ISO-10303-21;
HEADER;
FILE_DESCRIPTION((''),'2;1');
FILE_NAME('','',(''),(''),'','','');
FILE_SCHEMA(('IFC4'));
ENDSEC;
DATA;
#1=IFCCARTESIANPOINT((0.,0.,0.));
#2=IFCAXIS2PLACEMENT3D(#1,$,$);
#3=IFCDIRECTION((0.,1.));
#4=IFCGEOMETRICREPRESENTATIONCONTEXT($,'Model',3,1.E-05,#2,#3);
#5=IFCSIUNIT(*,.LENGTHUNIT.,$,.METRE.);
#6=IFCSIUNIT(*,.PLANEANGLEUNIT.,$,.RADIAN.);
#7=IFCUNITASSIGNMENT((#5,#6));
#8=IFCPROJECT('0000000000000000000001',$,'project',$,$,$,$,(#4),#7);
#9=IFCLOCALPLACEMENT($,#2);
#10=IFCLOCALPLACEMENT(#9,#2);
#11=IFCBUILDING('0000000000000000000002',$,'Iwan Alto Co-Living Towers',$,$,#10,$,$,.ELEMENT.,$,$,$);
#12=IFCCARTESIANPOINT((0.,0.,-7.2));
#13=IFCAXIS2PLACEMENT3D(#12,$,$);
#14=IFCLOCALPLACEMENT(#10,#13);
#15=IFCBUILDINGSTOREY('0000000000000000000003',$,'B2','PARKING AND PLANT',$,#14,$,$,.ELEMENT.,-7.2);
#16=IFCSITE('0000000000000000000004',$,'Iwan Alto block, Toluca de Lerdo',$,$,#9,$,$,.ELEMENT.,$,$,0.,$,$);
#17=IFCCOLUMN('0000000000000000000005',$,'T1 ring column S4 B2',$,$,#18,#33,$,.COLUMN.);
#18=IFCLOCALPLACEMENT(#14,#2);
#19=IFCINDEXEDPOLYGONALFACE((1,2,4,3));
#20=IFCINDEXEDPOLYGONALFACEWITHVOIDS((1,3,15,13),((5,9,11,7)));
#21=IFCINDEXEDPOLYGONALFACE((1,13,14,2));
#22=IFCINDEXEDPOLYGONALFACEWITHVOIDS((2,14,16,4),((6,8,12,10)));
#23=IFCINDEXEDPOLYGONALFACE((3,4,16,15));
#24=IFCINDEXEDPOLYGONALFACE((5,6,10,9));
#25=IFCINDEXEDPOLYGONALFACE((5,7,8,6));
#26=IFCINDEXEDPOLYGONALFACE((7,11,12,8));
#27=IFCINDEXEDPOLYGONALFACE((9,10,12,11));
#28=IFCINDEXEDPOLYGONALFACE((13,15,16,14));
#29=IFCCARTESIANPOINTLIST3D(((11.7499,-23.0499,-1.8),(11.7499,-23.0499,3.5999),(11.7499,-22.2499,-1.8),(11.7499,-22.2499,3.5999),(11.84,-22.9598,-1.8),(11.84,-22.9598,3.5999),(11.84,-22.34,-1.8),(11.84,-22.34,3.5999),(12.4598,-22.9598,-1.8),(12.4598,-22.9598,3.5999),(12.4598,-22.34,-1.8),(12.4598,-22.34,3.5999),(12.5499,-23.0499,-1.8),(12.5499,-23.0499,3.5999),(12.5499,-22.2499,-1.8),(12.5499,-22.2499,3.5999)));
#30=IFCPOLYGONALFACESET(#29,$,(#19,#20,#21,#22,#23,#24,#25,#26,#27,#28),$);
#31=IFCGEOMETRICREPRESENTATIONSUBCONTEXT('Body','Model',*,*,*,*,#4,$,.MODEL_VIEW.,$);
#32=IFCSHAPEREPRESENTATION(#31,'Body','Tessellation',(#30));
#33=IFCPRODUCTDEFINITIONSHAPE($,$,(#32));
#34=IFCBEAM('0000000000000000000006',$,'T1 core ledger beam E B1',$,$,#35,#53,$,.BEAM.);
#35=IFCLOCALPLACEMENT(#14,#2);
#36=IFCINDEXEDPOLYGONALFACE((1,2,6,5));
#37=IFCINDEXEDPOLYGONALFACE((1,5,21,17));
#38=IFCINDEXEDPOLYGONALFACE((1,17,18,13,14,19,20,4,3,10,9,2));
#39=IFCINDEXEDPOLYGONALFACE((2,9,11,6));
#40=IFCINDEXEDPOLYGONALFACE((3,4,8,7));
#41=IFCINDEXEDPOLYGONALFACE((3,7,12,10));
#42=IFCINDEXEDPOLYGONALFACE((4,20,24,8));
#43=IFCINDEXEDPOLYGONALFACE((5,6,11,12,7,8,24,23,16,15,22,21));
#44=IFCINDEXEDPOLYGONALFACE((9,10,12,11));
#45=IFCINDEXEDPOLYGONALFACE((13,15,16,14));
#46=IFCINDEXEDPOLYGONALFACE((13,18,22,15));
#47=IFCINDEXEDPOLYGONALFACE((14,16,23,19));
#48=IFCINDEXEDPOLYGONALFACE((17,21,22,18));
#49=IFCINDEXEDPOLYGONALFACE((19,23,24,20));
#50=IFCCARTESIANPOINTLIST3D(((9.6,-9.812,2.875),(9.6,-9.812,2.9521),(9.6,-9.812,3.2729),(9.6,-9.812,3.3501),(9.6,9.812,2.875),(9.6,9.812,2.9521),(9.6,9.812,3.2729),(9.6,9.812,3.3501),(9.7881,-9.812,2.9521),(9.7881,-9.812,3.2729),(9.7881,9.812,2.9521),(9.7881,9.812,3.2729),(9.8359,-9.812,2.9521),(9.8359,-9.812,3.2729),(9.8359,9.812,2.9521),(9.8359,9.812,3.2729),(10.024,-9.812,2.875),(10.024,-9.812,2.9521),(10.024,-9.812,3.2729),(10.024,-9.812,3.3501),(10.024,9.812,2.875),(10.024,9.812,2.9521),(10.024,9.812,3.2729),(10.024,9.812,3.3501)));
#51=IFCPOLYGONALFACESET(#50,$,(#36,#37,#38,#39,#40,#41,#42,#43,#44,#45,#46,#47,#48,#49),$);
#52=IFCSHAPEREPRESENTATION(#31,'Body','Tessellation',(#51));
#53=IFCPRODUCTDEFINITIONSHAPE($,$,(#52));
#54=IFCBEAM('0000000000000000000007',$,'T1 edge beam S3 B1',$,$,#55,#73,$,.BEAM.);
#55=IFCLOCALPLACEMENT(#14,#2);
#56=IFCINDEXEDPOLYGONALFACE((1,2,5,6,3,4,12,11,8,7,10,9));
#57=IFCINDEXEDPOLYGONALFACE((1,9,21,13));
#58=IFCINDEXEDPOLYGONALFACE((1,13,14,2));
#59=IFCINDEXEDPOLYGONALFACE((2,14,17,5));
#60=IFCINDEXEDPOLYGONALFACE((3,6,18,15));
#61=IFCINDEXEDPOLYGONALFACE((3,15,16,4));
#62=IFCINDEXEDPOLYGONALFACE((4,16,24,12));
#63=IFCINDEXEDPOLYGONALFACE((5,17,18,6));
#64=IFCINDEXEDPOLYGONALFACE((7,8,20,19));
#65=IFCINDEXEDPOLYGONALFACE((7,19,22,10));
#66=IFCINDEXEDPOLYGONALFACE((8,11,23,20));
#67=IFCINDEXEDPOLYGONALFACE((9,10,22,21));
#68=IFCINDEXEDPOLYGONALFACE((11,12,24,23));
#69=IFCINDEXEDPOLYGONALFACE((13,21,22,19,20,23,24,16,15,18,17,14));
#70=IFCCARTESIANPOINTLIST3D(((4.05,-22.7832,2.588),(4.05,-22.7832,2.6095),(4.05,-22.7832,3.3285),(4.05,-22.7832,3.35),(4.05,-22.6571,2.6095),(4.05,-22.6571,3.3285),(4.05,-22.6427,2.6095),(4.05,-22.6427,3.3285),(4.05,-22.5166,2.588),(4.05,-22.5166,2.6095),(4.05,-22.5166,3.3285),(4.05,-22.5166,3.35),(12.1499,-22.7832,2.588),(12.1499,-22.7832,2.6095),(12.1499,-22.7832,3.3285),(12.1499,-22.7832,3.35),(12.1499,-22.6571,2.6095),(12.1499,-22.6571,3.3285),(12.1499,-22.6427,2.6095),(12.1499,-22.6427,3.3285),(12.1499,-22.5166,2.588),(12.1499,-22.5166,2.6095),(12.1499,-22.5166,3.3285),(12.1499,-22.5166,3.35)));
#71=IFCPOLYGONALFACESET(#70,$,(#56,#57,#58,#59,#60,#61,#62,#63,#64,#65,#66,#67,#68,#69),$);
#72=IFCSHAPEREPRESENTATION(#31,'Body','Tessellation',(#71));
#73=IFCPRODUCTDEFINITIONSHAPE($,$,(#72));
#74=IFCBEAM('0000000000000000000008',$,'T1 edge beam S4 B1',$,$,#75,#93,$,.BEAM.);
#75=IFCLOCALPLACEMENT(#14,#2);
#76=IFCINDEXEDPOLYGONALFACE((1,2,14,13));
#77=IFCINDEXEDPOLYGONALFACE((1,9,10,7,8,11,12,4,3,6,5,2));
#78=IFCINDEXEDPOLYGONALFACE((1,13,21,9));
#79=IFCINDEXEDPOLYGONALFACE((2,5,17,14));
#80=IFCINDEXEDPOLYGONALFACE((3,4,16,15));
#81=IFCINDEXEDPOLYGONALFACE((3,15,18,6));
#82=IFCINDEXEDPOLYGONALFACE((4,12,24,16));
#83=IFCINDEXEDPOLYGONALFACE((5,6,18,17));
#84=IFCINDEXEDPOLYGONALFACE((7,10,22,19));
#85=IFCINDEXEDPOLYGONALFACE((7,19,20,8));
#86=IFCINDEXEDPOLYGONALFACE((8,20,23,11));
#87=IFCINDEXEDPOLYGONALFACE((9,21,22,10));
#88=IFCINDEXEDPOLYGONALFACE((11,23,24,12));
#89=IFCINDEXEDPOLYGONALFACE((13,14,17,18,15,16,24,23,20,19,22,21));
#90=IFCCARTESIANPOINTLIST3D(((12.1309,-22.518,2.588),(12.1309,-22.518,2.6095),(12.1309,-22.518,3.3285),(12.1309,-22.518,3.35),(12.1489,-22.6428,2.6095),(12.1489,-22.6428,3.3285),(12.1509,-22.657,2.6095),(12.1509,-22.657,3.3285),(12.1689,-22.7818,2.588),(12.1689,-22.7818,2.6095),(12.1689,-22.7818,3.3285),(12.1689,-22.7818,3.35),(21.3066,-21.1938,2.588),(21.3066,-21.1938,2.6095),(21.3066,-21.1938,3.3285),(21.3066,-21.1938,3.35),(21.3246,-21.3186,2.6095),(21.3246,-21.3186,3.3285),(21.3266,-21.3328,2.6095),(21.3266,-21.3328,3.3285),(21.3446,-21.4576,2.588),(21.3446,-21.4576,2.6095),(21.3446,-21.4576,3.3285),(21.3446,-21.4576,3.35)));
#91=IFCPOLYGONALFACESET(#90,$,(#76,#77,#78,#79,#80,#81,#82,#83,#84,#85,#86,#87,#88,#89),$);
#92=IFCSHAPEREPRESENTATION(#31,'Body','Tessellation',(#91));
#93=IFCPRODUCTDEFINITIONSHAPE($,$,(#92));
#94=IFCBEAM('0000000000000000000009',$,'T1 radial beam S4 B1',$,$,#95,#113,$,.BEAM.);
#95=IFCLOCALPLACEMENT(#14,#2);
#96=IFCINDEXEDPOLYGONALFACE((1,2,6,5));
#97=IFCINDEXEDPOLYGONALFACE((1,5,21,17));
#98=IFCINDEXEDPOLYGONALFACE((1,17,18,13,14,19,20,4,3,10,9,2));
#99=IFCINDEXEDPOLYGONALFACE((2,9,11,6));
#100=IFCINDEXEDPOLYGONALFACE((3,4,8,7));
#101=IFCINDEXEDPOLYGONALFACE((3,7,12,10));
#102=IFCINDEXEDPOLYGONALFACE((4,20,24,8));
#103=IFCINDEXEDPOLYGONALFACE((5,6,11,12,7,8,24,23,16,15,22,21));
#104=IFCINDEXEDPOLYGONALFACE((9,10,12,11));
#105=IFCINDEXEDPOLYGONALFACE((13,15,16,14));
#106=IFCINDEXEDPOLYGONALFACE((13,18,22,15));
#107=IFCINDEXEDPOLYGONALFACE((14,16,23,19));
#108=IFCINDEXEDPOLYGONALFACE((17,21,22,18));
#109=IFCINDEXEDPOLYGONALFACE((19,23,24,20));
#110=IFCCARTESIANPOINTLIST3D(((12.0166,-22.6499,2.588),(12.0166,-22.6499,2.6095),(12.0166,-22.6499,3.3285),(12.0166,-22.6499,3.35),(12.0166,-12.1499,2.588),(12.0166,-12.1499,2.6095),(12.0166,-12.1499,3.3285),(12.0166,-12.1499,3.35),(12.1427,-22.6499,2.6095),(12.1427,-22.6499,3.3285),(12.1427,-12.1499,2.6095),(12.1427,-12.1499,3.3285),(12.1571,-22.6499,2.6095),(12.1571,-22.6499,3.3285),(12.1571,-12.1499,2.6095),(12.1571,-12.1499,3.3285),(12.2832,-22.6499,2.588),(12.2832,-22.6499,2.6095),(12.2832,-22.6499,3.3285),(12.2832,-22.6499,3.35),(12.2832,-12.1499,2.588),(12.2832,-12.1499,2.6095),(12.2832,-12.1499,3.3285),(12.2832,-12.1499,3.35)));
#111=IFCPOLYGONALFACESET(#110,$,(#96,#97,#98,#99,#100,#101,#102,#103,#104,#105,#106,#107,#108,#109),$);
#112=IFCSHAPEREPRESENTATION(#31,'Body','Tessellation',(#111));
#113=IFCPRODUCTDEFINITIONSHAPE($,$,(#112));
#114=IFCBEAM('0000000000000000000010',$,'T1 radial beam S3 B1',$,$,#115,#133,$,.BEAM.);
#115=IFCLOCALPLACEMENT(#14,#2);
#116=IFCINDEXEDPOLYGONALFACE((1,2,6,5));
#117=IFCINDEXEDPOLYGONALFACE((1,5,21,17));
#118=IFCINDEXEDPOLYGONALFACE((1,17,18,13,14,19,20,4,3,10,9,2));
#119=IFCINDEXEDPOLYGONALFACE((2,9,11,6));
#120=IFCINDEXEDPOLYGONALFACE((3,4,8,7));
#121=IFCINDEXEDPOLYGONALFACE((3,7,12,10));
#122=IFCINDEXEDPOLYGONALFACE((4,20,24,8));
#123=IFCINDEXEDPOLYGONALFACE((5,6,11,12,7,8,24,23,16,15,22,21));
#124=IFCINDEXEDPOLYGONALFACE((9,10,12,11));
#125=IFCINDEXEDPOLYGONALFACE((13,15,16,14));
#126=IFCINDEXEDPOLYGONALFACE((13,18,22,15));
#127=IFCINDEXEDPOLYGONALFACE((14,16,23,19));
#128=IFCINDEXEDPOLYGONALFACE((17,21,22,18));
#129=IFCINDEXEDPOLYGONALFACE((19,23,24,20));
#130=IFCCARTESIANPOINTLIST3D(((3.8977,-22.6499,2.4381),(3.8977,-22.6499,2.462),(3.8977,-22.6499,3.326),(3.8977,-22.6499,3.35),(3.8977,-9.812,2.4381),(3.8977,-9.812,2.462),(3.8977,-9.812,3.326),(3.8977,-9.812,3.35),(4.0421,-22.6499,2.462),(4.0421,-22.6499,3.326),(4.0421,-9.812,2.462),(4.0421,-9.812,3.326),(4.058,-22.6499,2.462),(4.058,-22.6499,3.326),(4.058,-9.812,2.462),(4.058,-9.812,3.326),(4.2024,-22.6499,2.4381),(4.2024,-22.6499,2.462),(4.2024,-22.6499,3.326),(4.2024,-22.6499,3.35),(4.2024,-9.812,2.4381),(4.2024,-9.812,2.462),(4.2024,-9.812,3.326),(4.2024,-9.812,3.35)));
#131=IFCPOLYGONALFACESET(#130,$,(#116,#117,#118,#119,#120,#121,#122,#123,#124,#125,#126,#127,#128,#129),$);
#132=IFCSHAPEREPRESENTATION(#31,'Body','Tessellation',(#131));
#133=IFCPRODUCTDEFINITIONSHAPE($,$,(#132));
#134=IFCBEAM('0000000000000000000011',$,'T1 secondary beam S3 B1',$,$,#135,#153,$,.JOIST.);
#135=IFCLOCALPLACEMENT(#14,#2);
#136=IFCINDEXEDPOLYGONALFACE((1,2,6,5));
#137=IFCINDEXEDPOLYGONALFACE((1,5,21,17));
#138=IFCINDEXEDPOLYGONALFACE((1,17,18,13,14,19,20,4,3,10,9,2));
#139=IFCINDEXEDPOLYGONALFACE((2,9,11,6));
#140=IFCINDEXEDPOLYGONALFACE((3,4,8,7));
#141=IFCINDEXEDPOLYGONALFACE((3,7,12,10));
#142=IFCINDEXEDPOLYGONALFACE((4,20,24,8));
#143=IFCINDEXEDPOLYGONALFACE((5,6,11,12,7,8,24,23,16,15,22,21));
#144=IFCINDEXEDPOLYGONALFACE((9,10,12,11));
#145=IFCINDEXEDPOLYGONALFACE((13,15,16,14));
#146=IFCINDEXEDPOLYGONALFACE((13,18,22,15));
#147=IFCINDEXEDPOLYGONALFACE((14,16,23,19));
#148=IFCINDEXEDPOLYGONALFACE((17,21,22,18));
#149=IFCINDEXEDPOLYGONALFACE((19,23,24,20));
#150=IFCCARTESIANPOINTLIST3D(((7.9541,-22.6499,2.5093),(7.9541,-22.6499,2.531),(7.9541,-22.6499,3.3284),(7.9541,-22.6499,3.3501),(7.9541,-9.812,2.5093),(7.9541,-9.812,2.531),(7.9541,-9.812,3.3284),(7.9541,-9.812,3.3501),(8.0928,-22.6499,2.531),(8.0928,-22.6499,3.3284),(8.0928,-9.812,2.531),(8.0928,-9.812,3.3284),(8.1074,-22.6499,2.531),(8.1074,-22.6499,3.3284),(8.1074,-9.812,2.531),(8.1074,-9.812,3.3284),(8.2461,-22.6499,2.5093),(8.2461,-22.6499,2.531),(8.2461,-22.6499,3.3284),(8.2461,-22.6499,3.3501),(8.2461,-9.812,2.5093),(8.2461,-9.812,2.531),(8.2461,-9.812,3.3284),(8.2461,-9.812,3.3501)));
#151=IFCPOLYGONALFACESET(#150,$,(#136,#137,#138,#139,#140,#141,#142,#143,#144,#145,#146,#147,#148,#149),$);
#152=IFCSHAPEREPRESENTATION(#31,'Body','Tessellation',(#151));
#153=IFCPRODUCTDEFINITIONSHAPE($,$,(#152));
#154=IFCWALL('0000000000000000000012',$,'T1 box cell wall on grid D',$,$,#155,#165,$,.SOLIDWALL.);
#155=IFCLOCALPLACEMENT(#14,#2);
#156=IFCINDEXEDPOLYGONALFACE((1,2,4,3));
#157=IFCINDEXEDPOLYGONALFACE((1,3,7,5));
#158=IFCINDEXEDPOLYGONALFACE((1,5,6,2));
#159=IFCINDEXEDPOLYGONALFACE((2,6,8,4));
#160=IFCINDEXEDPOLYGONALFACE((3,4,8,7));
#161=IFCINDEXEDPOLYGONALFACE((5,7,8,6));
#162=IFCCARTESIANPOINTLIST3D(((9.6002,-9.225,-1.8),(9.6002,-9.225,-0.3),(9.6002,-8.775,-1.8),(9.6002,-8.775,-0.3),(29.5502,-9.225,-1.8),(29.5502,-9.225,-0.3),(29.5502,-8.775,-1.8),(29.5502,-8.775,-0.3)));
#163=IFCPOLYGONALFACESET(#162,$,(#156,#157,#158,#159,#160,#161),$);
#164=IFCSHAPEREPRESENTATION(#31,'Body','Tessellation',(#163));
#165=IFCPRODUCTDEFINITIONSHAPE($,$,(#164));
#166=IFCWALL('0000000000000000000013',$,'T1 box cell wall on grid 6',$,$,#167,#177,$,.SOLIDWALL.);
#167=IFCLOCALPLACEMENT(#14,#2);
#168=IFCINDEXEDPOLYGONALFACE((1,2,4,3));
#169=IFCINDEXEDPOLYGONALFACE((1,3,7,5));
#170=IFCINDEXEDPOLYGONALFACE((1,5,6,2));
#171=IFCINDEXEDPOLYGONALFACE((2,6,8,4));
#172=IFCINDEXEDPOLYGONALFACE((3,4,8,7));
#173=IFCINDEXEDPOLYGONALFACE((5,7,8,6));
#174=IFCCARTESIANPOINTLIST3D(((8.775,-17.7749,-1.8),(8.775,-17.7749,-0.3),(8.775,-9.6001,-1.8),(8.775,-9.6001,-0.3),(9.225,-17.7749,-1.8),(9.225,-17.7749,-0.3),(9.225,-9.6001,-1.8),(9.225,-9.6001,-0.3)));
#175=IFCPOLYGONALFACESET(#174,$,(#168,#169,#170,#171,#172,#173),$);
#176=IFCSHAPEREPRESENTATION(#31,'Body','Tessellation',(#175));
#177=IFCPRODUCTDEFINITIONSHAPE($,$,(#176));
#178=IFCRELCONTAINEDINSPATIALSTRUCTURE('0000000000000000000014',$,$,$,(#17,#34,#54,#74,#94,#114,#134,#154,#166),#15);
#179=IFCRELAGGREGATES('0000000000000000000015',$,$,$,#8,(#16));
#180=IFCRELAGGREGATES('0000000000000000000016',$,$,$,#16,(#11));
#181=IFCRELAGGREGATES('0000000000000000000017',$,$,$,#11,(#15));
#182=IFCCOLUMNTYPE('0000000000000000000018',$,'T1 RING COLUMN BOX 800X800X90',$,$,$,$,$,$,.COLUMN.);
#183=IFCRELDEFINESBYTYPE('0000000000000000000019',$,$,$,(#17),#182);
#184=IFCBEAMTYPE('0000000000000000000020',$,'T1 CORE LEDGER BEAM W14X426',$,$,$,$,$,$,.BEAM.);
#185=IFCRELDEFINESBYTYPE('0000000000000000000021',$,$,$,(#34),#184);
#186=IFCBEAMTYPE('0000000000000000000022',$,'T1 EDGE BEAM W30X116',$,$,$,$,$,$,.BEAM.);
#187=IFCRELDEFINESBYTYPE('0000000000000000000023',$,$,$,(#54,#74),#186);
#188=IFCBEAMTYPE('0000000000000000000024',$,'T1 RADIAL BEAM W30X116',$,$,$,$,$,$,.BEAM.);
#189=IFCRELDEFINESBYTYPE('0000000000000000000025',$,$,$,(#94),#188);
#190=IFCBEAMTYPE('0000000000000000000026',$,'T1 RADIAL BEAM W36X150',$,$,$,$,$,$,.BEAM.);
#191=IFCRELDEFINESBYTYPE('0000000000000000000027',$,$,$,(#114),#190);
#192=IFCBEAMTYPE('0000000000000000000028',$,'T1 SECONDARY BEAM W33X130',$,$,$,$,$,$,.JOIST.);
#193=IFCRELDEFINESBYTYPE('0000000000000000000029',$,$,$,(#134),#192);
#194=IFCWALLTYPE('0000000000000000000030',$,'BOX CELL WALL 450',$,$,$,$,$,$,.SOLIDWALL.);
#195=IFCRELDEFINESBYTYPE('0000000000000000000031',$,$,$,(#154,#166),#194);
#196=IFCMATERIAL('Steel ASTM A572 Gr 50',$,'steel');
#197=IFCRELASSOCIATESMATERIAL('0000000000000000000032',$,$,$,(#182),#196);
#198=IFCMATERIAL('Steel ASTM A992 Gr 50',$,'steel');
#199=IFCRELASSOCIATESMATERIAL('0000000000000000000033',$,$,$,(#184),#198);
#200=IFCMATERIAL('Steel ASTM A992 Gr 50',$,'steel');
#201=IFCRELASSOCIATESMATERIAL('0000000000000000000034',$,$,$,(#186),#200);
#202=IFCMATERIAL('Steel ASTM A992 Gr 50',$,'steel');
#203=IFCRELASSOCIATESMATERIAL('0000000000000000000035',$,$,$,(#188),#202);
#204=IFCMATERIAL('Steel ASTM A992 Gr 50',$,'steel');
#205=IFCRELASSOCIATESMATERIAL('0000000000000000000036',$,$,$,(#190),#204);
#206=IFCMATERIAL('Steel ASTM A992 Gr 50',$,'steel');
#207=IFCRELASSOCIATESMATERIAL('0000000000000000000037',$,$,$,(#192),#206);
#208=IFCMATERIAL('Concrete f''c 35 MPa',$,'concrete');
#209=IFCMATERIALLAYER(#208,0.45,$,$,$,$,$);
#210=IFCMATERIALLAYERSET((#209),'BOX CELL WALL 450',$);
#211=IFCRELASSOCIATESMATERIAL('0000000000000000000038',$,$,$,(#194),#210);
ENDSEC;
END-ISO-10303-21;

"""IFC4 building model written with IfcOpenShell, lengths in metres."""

from ifc_helpers import new_model, si_unit, direction, frame, frame_2d, origin, origin_2d, place, context, subcontext, project, spatial, rectangle, hollow_rectangle, i_section, extrude, material, layer, layer_set, material_profile, profile_set, type_object, element, save


model = new_model("IFC4")

# Units and contexts
model_context = context("Model", 3, precision=1e-05, world=origin(), true_north=direction((0.0, 1.0)))
body_context = subcontext(model_context, "Body", "Model", "MODEL_VIEW")
ifc_project = project(units=[si_unit("LENGTHUNIT", "METRE"), si_unit("PLANEANGLEUNIT", "RADIAN")], contexts=[model_context])

# Site, building, storey
site_placement = place(None, origin())
site = spatial("IfcSite", under=ifc_project, at=site_placement, Name="Iwan Alto block, Toluca de Lerdo", CompositionType="ELEMENT", RefElevation=0.0)
building_placement = place(site_placement, origin())
building = spatial("IfcBuilding", under=site, at=building_placement, Name="Iwan Alto Co-Living Towers", CompositionType="ELEMENT")
storey_placement = place(building_placement, frame((0.0, 0.0, -7.2)))
storey = spatial("IfcBuildingStorey", under=building, at=storey_placement, Name="B2", Description="PARKING AND PLANT", CompositionType="ELEMENT", Elevation=-7.2)

# Column
ifc_material_1 = material(Name="Steel ASTM A572 Gr 50", Category="steel")
ifc_material_profile_1 = material_profile(ifc_material_1, hollow_rectangle(XDim=0.8, YDim=0.8, WallThickness=0.0901, at=origin_2d()), Name="BOX 800X800X90")
ifc_profile_set_1 = profile_set([ifc_material_profile_1], Name="Steel ASTM A572 Gr 50")
column_type = type_object("IfcColumnType", Name="T1 RING COLUMN BOX 800X800X90", PredefinedType="COLUMN", material=ifc_profile_set_1)
column_placement = place(storey_placement, frame((12.1499, -22.6499, -1.8), z_axis=(0.0, 0.0, 1.0), x_axis=(1.0, 0.0, 0.0)))
element("IfcColumn", 1, at=column_placement, inside=storey, type_object=column_type, Name="T1 ring column S4 B2", PredefinedType="COLUMN", context=body_context, shape_type="SweptSolid", body=[
    extrude(hollow_rectangle(XDim=0.8, YDim=0.8, WallThickness=0.0901, at=origin_2d()), origin(), (0.0, 0.0, 1.0), 5.3999),
])

# Beams
ifc_material_2 = material(Name="Steel ASTM A992 Gr 50", Category="steel")
ifc_material_profile_2 = material_profile(ifc_material_2, i_section(OverallWidth=0.4241, OverallDepth=0.4751, WebThickness=0.0479, FlangeThickness=0.0771, at=origin_2d()), Name="W14X426")
ifc_profile_set_2 = profile_set([ifc_material_profile_2], Name="Steel ASTM A992 Gr 50")
beam_type_1 = type_object("IfcBeamType", Name="T1 CORE LEDGER BEAM W14X426", PredefinedType="BEAM", material=ifc_profile_set_2)
beam_1_placement = place(storey_placement, frame((9.812, -9.812, 3.1125), z_axis=(0.0, 1.0, 0.0), x_axis=(-1.0, 0.0, 0.0)))
element("IfcBeam", 2, at=beam_1_placement, inside=storey, type_object=beam_type_1, Name="T1 core ledger beam E B1", PredefinedType="BEAM", context=body_context, shape_type="SweptSolid", body=[
    extrude(i_section(OverallWidth=0.4241, OverallDepth=0.4751, WebThickness=0.0479, FlangeThickness=0.0771, at=origin_2d()), origin(), (0.0, 0.0, 1.0), 19.624),
])
ifc_material_3 = material(Name="Steel ASTM A992 Gr 50", Category="steel")
ifc_material_profile_3 = material_profile(ifc_material_3, i_section(OverallWidth=0.2666, OverallDepth=0.762, WebThickness=0.0144, FlangeThickness=0.0215, at=origin_2d()), Name="W30X116")
ifc_profile_set_3 = profile_set([ifc_material_profile_3], Name="Steel ASTM A992 Gr 50")
beam_type_2 = type_object("IfcBeamType", Name="T1 EDGE BEAM W30X116", PredefinedType="BEAM", material=ifc_profile_set_3)
beam_2_placement = place(storey_placement, frame((4.05, -22.6499, 2.969), z_axis=(1.0, 0.0, 0.0), x_axis=(0.0, 1.0, 0.0)))
element("IfcBeam", 3, at=beam_2_placement, inside=storey, type_object=beam_type_2, Name="T1 edge beam S3 B1", PredefinedType="BEAM", context=body_context, shape_type="SweptSolid", body=[
    extrude(i_section(OverallWidth=0.2666, OverallDepth=0.762, WebThickness=0.0144, FlangeThickness=0.0215, at=origin_2d()), origin(), (0.0, 0.0, 1.0), 8.0999),
])
beam_3_placement = place(storey_placement, frame((12.1499, -22.6499, 2.969), z_axis=(0.989746, 0.142837, 0.0), x_axis=(-0.142837, 0.989746, 0.0)))
element("IfcBeam", 4, at=beam_3_placement, inside=storey, type_object=beam_type_2, Name="T1 edge beam S4 B1", PredefinedType="BEAM", context=body_context, shape_type="SweptSolid", body=[
    extrude(i_section(OverallWidth=0.2666, OverallDepth=0.762, WebThickness=0.0144, FlangeThickness=0.0215, at=origin_2d()), origin(), (0.0, 0.0, 1.0), 9.2708),
])
ifc_material_4 = material(Name="Steel ASTM A992 Gr 50", Category="steel")
ifc_material_profile_4 = material_profile(ifc_material_4, i_section(OverallWidth=0.2666, OverallDepth=0.762, WebThickness=0.0144, FlangeThickness=0.0215, at=origin_2d()), Name="W30X116")
ifc_profile_set_4 = profile_set([ifc_material_profile_4], Name="Steel ASTM A992 Gr 50")
beam_type_3 = type_object("IfcBeamType", Name="T1 RADIAL BEAM W30X116", PredefinedType="BEAM", material=ifc_profile_set_4)
beam_4_placement = place(storey_placement, frame((12.1499, -22.6499, 2.969), z_axis=(0.0, 1.0, 0.0), x_axis=(-1.0, 0.0, 0.0)))
element("IfcBeam", 5, at=beam_4_placement, inside=storey, type_object=beam_type_3, Name="T1 radial beam S4 B1", PredefinedType="BEAM", context=body_context, shape_type="SweptSolid", body=[
    extrude(i_section(OverallWidth=0.2666, OverallDepth=0.762, WebThickness=0.0144, FlangeThickness=0.0215, at=origin_2d()), origin(), (0.0, 0.0, 1.0), 10.5),
])
ifc_material_5 = material(Name="Steel ASTM A992 Gr 50", Category="steel")
ifc_material_profile_5 = material_profile(ifc_material_5, i_section(OverallWidth=0.3047, OverallDepth=0.9119, WebThickness=0.0159, FlangeThickness=0.0239, at=origin_2d()), Name="W36X150")
ifc_profile_set_5 = profile_set([ifc_material_profile_5], Name="Steel ASTM A992 Gr 50")
beam_type_4 = type_object("IfcBeamType", Name="T1 RADIAL BEAM W36X150", PredefinedType="BEAM", material=ifc_profile_set_5)
beam_5_placement = place(storey_placement, frame((4.05, -22.6499, 2.894), z_axis=(0.0, 1.0, 0.0), x_axis=(-1.0, 0.0, 0.0)))
element("IfcBeam", 6, at=beam_5_placement, inside=storey, type_object=beam_type_4, Name="T1 radial beam S3 B1", PredefinedType="BEAM", context=body_context, shape_type="SweptSolid", body=[
    extrude(i_section(OverallWidth=0.3047, OverallDepth=0.9119, WebThickness=0.0159, FlangeThickness=0.0239, at=origin_2d()), origin(), (0.0, 0.0, 1.0), 12.8379),
])
ifc_material_6 = material(Name="Steel ASTM A992 Gr 50", Category="steel")
ifc_material_profile_6 = material_profile(ifc_material_6, i_section(OverallWidth=0.292, OverallDepth=0.8408, WebThickness=0.0146, FlangeThickness=0.0217, at=origin_2d()), Name="W33X130")
ifc_profile_set_6 = profile_set([ifc_material_profile_6], Name="Steel ASTM A992 Gr 50")
beam_type_5 = type_object("IfcBeamType", Name="T1 SECONDARY BEAM W33X130", PredefinedType="JOIST", material=ifc_profile_set_6)
beam_6_placement = place(storey_placement, frame((8.1001, -22.6499, 2.9297), z_axis=(0.0, 1.0, 0.0), x_axis=(-1.0, 0.0, 0.0)))
element("IfcBeam", 7, at=beam_6_placement, inside=storey, type_object=beam_type_5, Name="T1 secondary beam S3 B1", PredefinedType="JOIST", context=body_context, shape_type="SweptSolid", body=[
    extrude(i_section(OverallWidth=0.292, OverallDepth=0.8408, WebThickness=0.0146, FlangeThickness=0.0217, at=origin_2d()), origin(), (0.0, 0.0, 1.0), 12.8379),
])

# Walls
ifc_material_7 = material(Name="Concrete f'c 35 MPa", Category="concrete")
ifc_layer_1 = layer(ifc_material_7, 0.45)
ifc_layer_set_1 = layer_set([ifc_layer_1], Name="BOX CELL WALL 450")
wall_type_1 = type_object("IfcWallType", Name="BOX CELL WALL 450", PredefinedType="SOLIDWALL", material=ifc_layer_set_1)
wall_1_placement = place(storey_placement, frame((9.6001, -9.0, -1.8), z_axis=(0.0, 0.0, 1.0), x_axis=(1.0, 0.0, 0.0)))
element("IfcWall", 8, at=wall_1_placement, inside=storey, type_object=wall_type_1, Name="T1 box cell wall on grid D", PredefinedType="SOLIDWALL", context=body_context, shape_type="SweptSolid", body=[
    extrude(rectangle(XDim=19.95, YDim=0.45, at=frame_2d((9.9751, 0.0))), origin(), (0.0, 0.0, 1.0), 1.5),
])
wall_2_placement = place(storey_placement, frame((9.0, -17.7749, -1.8), z_axis=(0.0, 0.0, 1.0), x_axis=(0.0, 1.0, 0.0)))
element("IfcWall", 9, at=wall_2_placement, inside=storey, type_object=wall_type_1, Name="T1 box cell wall on grid 6", PredefinedType="SOLIDWALL", context=body_context, shape_type="SweptSolid", body=[
    extrude(rectangle(XDim=8.1748, YDim=0.45, at=frame_2d((4.0874, 0.0))), origin(), (0.0, 0.0, 1.0), 1.5),
])

save(model, "model.ifc")
